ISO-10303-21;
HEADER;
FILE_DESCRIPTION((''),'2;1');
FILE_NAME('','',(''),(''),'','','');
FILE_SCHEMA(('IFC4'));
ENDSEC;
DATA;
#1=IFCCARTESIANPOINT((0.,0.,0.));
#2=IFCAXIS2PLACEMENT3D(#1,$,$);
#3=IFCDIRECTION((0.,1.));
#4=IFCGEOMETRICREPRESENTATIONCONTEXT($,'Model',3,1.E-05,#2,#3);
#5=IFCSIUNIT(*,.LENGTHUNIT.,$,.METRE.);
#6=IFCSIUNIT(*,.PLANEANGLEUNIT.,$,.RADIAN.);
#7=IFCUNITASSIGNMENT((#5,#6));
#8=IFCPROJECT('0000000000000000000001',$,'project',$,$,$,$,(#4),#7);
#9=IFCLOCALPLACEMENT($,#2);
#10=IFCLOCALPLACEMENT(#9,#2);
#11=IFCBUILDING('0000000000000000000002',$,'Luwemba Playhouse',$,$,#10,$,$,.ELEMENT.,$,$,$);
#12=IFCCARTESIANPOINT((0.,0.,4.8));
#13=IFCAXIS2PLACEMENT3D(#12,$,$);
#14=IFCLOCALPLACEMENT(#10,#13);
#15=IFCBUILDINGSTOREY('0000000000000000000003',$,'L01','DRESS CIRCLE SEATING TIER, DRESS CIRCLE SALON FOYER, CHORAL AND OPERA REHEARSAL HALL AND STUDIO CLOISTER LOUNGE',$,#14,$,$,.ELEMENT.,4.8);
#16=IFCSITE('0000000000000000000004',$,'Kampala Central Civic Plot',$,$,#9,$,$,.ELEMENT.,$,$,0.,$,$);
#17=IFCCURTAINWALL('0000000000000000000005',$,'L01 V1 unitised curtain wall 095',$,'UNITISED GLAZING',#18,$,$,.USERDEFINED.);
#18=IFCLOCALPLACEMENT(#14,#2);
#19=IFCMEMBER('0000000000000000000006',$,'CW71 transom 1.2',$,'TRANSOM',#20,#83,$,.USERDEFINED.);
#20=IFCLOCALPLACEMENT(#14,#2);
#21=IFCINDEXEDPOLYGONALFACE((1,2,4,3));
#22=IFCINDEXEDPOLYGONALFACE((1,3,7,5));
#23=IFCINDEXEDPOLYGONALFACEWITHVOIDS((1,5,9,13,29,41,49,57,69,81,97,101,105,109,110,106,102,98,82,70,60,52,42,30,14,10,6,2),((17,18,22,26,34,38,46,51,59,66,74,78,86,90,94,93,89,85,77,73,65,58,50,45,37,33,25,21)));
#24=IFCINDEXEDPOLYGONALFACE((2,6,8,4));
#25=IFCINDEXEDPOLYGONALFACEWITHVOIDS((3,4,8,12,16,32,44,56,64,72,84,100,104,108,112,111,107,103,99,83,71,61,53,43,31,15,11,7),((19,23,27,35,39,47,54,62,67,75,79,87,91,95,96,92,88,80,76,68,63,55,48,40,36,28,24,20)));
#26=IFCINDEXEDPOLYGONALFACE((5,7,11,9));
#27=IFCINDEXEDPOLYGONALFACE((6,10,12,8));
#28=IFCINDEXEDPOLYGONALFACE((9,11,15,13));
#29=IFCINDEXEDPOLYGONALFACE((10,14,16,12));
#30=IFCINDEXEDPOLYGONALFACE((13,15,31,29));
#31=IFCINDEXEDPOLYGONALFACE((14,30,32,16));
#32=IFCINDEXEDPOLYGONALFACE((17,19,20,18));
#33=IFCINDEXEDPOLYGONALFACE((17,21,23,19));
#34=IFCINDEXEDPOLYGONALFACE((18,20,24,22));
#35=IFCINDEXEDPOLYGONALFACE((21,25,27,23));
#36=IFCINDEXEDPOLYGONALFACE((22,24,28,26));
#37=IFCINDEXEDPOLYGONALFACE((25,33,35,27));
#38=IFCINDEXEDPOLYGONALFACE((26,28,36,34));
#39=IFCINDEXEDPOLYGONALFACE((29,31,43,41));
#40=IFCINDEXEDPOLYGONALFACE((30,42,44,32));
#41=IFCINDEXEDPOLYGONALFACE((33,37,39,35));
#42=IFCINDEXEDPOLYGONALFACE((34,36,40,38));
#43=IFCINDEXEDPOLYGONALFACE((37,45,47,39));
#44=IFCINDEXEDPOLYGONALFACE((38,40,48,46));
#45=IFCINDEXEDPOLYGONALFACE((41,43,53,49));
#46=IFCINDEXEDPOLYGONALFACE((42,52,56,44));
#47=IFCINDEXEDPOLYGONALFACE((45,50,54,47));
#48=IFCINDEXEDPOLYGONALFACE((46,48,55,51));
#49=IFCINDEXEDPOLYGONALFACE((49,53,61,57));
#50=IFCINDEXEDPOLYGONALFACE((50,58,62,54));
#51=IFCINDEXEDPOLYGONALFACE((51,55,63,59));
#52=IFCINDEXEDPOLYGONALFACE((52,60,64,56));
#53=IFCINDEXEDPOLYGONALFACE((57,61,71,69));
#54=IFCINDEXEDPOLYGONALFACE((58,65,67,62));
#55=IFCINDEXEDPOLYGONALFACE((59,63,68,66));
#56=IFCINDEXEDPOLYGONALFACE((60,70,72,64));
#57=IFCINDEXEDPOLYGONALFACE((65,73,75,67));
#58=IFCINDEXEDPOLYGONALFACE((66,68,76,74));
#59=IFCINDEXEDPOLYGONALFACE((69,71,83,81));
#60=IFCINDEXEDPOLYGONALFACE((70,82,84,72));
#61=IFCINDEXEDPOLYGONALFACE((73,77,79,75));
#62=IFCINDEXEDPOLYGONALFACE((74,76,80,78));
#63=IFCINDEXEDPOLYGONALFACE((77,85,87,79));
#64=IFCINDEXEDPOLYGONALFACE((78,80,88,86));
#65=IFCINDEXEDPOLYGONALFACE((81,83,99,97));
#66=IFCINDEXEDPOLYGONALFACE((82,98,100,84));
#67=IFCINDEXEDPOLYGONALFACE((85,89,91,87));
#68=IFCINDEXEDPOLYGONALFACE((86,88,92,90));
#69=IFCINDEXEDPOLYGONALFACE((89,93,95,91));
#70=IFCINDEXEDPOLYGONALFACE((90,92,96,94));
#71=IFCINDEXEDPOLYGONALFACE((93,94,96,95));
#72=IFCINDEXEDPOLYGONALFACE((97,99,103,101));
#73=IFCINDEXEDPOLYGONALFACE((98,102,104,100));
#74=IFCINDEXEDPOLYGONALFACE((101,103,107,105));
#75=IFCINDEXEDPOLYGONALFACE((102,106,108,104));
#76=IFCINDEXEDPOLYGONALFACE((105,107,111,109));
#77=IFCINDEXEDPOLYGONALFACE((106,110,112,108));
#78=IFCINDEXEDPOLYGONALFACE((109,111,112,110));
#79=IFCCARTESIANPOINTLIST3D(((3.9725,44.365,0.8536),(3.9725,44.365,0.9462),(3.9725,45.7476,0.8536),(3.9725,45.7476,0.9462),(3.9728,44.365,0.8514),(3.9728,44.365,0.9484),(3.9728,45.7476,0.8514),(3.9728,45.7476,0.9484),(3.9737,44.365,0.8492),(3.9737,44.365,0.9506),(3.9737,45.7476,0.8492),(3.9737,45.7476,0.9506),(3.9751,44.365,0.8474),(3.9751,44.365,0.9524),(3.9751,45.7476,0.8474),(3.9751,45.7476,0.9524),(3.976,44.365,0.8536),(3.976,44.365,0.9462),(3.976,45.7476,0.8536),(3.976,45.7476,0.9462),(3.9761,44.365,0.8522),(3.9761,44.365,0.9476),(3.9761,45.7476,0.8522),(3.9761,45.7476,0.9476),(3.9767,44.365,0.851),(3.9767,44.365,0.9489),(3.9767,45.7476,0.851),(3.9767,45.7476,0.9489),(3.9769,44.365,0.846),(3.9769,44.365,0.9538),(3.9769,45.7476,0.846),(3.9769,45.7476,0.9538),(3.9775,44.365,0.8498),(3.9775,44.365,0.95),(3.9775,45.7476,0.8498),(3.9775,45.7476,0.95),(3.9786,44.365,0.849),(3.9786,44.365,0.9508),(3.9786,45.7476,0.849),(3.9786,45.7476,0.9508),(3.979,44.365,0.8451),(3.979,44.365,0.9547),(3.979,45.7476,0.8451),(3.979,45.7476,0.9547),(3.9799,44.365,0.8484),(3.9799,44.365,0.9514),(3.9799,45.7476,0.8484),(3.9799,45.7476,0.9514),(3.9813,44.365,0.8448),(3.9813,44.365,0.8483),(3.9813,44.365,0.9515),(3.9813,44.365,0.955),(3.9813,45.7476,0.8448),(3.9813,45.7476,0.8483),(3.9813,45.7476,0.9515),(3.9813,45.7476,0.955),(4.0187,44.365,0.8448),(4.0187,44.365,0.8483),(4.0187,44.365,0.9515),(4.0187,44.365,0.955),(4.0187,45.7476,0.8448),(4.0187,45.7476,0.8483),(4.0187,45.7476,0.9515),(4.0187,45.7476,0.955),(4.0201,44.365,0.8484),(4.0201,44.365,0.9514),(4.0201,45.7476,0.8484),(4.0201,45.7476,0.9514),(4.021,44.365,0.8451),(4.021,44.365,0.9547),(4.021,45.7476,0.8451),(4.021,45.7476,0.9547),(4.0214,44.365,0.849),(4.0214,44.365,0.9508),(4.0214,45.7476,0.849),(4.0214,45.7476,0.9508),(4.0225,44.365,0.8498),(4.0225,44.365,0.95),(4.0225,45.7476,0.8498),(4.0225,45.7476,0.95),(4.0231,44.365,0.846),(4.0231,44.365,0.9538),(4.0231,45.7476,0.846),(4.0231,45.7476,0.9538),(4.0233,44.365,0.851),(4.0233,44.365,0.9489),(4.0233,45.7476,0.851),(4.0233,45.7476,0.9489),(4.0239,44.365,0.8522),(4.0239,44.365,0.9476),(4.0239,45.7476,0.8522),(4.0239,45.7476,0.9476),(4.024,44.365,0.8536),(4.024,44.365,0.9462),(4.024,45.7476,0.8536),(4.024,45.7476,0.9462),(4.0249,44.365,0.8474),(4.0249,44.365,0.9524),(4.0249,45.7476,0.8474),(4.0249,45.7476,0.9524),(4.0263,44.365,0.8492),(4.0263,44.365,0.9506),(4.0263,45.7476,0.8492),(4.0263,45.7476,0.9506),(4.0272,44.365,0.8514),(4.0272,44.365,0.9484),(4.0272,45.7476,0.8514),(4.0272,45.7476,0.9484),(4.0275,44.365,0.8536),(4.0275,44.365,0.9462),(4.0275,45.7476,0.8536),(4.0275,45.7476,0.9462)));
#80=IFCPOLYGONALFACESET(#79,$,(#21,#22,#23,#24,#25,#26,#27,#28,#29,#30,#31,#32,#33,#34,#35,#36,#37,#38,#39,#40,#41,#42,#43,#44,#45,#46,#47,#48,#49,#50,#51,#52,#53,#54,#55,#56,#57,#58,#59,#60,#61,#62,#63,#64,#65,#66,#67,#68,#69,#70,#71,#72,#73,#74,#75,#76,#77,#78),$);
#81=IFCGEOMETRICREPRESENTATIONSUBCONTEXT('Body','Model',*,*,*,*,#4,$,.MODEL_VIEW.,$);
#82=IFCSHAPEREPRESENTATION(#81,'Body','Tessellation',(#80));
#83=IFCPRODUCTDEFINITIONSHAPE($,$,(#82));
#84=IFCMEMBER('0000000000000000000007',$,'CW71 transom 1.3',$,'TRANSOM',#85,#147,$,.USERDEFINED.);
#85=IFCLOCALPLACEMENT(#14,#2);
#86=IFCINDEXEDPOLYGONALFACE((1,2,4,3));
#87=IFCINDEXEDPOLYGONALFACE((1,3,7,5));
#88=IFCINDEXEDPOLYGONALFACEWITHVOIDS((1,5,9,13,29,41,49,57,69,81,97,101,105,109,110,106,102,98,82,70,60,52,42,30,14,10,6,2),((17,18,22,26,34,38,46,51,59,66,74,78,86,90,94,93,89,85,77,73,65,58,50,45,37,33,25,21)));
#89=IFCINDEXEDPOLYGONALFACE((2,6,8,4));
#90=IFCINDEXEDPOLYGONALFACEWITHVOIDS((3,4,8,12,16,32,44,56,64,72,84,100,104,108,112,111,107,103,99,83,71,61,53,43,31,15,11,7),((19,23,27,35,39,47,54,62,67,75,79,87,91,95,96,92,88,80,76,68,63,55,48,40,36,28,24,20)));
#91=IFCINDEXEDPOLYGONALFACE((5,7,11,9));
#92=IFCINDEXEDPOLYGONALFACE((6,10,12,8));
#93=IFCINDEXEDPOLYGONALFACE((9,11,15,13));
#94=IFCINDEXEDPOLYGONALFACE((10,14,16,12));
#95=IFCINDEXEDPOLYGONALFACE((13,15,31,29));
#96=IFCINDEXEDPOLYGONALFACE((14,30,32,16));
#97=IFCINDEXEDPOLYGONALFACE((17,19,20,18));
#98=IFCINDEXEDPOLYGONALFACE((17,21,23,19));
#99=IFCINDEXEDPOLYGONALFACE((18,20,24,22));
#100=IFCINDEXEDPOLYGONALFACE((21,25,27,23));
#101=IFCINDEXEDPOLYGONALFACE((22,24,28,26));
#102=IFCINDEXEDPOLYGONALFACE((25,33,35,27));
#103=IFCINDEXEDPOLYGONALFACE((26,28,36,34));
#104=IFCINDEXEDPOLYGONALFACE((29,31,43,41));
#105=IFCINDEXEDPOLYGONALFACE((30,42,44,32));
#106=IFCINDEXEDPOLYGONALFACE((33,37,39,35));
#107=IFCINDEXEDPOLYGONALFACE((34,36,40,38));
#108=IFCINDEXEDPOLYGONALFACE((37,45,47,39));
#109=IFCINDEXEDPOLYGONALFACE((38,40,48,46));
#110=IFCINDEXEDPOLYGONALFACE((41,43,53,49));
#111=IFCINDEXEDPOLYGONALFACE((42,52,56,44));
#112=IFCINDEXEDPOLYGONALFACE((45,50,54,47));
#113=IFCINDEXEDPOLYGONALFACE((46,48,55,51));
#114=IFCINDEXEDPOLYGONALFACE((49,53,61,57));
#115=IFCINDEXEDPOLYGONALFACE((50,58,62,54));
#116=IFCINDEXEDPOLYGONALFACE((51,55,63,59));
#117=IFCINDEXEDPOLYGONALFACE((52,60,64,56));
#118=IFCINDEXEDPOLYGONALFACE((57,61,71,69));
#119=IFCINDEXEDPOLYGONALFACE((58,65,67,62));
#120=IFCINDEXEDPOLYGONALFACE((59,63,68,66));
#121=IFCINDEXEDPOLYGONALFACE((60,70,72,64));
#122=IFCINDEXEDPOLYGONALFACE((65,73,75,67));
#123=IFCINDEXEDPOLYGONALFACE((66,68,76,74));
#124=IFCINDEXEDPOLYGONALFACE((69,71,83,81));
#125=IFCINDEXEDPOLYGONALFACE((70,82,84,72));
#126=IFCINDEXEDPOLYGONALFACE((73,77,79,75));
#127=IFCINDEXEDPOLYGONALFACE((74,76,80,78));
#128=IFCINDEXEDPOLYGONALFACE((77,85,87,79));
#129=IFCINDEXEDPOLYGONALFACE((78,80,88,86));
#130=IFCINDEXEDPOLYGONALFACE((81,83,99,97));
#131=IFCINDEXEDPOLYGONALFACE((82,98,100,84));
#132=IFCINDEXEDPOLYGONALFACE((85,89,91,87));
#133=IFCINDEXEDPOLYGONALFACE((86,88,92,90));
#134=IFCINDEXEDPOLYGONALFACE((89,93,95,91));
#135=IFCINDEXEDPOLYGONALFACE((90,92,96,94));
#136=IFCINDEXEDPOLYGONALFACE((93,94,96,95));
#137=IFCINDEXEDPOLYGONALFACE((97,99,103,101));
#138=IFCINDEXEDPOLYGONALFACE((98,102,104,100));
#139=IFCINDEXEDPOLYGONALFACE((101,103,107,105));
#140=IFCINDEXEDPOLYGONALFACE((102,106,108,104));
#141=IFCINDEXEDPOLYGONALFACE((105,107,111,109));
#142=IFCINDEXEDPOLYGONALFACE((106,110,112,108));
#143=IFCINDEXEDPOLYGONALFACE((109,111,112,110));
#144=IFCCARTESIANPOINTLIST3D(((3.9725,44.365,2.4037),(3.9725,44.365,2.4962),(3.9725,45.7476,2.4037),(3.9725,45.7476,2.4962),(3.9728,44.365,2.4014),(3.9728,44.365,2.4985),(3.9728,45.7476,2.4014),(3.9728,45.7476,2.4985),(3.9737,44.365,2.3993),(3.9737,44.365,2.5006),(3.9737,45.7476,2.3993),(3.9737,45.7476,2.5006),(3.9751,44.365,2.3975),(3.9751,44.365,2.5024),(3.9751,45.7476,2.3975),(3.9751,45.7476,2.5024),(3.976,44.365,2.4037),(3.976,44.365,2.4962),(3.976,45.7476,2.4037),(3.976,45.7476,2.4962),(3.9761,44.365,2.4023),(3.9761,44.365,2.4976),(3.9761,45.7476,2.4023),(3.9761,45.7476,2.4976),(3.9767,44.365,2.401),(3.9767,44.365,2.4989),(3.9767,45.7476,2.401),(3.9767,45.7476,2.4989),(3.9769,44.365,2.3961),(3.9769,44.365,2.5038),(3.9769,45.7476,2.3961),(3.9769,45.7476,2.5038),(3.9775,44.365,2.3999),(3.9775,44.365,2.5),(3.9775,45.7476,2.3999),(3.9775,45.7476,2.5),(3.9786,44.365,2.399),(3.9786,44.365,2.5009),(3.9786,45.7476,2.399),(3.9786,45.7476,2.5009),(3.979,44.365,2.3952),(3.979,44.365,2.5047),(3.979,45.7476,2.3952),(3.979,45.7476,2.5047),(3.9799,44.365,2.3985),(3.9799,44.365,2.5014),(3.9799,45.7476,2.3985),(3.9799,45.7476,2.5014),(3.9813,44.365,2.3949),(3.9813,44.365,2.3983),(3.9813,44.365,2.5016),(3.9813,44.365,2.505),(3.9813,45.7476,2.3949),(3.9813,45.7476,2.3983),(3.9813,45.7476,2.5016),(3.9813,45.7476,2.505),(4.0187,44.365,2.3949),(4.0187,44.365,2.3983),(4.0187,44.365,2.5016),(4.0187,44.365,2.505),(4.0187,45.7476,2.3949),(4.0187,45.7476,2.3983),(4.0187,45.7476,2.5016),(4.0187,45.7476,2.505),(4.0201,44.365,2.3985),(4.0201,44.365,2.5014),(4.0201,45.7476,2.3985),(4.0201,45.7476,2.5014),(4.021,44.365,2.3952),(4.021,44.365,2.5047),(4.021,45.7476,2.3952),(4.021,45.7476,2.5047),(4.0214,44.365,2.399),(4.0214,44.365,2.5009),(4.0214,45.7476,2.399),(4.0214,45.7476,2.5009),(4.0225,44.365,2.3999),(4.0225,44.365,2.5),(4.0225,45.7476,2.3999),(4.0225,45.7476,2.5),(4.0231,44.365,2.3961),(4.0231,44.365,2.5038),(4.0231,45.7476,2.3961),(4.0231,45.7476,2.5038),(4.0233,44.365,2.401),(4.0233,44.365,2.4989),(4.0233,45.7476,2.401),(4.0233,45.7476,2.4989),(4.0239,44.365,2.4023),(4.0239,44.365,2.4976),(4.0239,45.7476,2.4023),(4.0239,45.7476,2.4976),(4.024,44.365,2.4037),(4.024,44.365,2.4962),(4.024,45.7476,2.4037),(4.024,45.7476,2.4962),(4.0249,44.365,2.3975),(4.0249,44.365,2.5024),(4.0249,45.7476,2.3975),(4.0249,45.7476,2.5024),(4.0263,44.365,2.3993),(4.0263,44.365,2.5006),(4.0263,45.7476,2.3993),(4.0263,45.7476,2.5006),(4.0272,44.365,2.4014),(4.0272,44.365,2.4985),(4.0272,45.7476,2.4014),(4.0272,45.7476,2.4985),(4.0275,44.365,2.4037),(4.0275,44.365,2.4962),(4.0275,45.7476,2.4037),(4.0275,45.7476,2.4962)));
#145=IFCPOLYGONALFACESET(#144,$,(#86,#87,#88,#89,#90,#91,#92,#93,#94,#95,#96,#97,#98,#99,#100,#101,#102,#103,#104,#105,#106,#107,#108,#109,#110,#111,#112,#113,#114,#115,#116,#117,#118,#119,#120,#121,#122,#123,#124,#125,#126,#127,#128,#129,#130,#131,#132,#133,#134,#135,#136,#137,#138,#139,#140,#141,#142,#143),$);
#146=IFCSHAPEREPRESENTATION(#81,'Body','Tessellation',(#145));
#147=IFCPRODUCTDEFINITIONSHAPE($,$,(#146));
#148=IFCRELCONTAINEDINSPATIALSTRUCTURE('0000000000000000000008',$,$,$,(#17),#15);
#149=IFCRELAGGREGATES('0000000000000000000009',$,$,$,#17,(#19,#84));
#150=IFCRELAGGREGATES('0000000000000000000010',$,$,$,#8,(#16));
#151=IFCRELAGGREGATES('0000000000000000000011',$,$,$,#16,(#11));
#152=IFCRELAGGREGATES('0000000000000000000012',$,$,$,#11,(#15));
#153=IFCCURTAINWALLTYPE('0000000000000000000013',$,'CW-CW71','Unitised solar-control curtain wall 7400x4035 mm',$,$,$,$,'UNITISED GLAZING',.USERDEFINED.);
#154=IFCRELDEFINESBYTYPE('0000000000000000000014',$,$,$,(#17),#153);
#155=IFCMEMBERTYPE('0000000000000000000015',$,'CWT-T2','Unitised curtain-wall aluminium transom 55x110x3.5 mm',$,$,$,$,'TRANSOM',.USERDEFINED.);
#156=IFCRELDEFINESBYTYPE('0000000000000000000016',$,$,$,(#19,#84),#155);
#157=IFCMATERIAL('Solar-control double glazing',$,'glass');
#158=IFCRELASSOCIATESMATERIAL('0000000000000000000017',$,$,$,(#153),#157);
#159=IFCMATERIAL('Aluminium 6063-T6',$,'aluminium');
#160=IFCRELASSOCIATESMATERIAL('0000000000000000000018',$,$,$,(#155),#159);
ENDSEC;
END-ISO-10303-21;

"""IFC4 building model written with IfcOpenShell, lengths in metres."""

from ifc_helpers import new_model, si_unit, direction, frame, origin, origin_2d, place, context, subcontext, project, spatial, hollow_rectangle, extrude, material, material_profile, profile_set, type_object, element, aggregate, save


model = new_model("IFC4")

# Units and contexts
model_context = context("Model", 3, precision=1e-05, world=origin(), true_north=direction((0.0, 1.0)))
body_context = subcontext(model_context, "Body", "Model", "MODEL_VIEW")
ifc_project = project(units=[si_unit("LENGTHUNIT", "METRE"), si_unit("PLANEANGLEUNIT", "RADIAN")], contexts=[model_context])

# Site, building, storey
site_placement = place(None, origin())
site = spatial("IfcSite", under=ifc_project, at=site_placement, Name="Kampala Central Civic Plot", CompositionType="ELEMENT", RefElevation=0.0)
building_placement = place(site_placement, origin())
building = spatial("IfcBuilding", under=site, at=building_placement, Name="Luwemba Playhouse", CompositionType="ELEMENT")
storey_placement = place(building_placement, frame((0.0, 0.0, 4.8)))
storey = spatial("IfcBuildingStorey", under=building, at=storey_placement, Name="L01", Description="DRESS CIRCLE SEATING TIER, DRESS CIRCLE SALON FOYER, CHORAL AND OPERA REHEARSAL HALL AND STUDIO CLOISTER LOUNGE", CompositionType="ELEMENT", Elevation=4.8)

# Curtain wall, members
ifc_material_1 = material(Name="Solar-control double glazing", Category="glass")
curtain_wall_type = type_object("IfcCurtainWallType", Name="CW-CW71", Description="Unitised solar-control curtain wall 7400x4035 mm", ElementType="UNITISED GLAZING", PredefinedType="USERDEFINED", material=ifc_material_1)
curtain_wall_placement = place(storey_placement, origin())
curtain_wall = element("IfcCurtainWall", 1, at=curtain_wall_placement, inside=storey, type_object=curtain_wall_type, Name="L01 V1 unitised curtain wall 095", ObjectType="UNITISED GLAZING", PredefinedType="USERDEFINED")
ifc_material_2 = material(Name="Aluminium 6063-T6", Category="aluminium")
ifc_material_profile_1 = material_profile(ifc_material_2, hollow_rectangle(XDim=0.0549, YDim=0.1101, WallThickness=0.0034, InnerFilletRadius=0.0054, OuterFilletRadius=0.0088, at=origin_2d()))
ifc_profile_set_1 = profile_set([ifc_material_profile_1], Name="Aluminium 6063-T6")
member_type_1 = type_object("IfcMemberType", Name="CWT-T2", Description="Unitised curtain-wall aluminium transom 55x110x3.5 mm", ElementType="TRANSOM", PredefinedType="USERDEFINED", material=ifc_profile_set_1)
member_1_placement = place(storey_placement, frame((4.0, 44.365, 0.8999), z_axis=(0.0, 1.0, 0.0), x_axis=(-1.0, 0.0, 0.0)))
member_1 = element("IfcMember", 2, at=member_1_placement, type_object=member_type_1, Name="CW71 transom 1.2", ObjectType="TRANSOM", PredefinedType="USERDEFINED", context=body_context, shape_type="SweptSolid", body=[
    extrude(hollow_rectangle(XDim=0.0549, YDim=0.1101, WallThickness=0.0034, InnerFilletRadius=0.0054, OuterFilletRadius=0.0088, at=origin_2d()), origin(), (0.0, 0.0, 1.0), 1.3826),
])
member_2_placement = place(storey_placement, frame((4.0, 44.365, 2.45), z_axis=(0.0, 1.0, 0.0), x_axis=(-1.0, 0.0, 0.0)))
member_2 = element("IfcMember", 3, at=member_2_placement, type_object=member_type_1, Name="CW71 transom 1.3", ObjectType="TRANSOM", PredefinedType="USERDEFINED", context=body_context, shape_type="SweptSolid", body=[
    extrude(hollow_rectangle(XDim=0.0549, YDim=0.1101, WallThickness=0.0034, InnerFilletRadius=0.0054, OuterFilletRadius=0.0088, at=origin_2d()), origin(), (0.0, 0.0, 1.0), 1.3826),
])
aggregate(curtain_wall, [member_1, member_2])

save(model, "model.ifc")
